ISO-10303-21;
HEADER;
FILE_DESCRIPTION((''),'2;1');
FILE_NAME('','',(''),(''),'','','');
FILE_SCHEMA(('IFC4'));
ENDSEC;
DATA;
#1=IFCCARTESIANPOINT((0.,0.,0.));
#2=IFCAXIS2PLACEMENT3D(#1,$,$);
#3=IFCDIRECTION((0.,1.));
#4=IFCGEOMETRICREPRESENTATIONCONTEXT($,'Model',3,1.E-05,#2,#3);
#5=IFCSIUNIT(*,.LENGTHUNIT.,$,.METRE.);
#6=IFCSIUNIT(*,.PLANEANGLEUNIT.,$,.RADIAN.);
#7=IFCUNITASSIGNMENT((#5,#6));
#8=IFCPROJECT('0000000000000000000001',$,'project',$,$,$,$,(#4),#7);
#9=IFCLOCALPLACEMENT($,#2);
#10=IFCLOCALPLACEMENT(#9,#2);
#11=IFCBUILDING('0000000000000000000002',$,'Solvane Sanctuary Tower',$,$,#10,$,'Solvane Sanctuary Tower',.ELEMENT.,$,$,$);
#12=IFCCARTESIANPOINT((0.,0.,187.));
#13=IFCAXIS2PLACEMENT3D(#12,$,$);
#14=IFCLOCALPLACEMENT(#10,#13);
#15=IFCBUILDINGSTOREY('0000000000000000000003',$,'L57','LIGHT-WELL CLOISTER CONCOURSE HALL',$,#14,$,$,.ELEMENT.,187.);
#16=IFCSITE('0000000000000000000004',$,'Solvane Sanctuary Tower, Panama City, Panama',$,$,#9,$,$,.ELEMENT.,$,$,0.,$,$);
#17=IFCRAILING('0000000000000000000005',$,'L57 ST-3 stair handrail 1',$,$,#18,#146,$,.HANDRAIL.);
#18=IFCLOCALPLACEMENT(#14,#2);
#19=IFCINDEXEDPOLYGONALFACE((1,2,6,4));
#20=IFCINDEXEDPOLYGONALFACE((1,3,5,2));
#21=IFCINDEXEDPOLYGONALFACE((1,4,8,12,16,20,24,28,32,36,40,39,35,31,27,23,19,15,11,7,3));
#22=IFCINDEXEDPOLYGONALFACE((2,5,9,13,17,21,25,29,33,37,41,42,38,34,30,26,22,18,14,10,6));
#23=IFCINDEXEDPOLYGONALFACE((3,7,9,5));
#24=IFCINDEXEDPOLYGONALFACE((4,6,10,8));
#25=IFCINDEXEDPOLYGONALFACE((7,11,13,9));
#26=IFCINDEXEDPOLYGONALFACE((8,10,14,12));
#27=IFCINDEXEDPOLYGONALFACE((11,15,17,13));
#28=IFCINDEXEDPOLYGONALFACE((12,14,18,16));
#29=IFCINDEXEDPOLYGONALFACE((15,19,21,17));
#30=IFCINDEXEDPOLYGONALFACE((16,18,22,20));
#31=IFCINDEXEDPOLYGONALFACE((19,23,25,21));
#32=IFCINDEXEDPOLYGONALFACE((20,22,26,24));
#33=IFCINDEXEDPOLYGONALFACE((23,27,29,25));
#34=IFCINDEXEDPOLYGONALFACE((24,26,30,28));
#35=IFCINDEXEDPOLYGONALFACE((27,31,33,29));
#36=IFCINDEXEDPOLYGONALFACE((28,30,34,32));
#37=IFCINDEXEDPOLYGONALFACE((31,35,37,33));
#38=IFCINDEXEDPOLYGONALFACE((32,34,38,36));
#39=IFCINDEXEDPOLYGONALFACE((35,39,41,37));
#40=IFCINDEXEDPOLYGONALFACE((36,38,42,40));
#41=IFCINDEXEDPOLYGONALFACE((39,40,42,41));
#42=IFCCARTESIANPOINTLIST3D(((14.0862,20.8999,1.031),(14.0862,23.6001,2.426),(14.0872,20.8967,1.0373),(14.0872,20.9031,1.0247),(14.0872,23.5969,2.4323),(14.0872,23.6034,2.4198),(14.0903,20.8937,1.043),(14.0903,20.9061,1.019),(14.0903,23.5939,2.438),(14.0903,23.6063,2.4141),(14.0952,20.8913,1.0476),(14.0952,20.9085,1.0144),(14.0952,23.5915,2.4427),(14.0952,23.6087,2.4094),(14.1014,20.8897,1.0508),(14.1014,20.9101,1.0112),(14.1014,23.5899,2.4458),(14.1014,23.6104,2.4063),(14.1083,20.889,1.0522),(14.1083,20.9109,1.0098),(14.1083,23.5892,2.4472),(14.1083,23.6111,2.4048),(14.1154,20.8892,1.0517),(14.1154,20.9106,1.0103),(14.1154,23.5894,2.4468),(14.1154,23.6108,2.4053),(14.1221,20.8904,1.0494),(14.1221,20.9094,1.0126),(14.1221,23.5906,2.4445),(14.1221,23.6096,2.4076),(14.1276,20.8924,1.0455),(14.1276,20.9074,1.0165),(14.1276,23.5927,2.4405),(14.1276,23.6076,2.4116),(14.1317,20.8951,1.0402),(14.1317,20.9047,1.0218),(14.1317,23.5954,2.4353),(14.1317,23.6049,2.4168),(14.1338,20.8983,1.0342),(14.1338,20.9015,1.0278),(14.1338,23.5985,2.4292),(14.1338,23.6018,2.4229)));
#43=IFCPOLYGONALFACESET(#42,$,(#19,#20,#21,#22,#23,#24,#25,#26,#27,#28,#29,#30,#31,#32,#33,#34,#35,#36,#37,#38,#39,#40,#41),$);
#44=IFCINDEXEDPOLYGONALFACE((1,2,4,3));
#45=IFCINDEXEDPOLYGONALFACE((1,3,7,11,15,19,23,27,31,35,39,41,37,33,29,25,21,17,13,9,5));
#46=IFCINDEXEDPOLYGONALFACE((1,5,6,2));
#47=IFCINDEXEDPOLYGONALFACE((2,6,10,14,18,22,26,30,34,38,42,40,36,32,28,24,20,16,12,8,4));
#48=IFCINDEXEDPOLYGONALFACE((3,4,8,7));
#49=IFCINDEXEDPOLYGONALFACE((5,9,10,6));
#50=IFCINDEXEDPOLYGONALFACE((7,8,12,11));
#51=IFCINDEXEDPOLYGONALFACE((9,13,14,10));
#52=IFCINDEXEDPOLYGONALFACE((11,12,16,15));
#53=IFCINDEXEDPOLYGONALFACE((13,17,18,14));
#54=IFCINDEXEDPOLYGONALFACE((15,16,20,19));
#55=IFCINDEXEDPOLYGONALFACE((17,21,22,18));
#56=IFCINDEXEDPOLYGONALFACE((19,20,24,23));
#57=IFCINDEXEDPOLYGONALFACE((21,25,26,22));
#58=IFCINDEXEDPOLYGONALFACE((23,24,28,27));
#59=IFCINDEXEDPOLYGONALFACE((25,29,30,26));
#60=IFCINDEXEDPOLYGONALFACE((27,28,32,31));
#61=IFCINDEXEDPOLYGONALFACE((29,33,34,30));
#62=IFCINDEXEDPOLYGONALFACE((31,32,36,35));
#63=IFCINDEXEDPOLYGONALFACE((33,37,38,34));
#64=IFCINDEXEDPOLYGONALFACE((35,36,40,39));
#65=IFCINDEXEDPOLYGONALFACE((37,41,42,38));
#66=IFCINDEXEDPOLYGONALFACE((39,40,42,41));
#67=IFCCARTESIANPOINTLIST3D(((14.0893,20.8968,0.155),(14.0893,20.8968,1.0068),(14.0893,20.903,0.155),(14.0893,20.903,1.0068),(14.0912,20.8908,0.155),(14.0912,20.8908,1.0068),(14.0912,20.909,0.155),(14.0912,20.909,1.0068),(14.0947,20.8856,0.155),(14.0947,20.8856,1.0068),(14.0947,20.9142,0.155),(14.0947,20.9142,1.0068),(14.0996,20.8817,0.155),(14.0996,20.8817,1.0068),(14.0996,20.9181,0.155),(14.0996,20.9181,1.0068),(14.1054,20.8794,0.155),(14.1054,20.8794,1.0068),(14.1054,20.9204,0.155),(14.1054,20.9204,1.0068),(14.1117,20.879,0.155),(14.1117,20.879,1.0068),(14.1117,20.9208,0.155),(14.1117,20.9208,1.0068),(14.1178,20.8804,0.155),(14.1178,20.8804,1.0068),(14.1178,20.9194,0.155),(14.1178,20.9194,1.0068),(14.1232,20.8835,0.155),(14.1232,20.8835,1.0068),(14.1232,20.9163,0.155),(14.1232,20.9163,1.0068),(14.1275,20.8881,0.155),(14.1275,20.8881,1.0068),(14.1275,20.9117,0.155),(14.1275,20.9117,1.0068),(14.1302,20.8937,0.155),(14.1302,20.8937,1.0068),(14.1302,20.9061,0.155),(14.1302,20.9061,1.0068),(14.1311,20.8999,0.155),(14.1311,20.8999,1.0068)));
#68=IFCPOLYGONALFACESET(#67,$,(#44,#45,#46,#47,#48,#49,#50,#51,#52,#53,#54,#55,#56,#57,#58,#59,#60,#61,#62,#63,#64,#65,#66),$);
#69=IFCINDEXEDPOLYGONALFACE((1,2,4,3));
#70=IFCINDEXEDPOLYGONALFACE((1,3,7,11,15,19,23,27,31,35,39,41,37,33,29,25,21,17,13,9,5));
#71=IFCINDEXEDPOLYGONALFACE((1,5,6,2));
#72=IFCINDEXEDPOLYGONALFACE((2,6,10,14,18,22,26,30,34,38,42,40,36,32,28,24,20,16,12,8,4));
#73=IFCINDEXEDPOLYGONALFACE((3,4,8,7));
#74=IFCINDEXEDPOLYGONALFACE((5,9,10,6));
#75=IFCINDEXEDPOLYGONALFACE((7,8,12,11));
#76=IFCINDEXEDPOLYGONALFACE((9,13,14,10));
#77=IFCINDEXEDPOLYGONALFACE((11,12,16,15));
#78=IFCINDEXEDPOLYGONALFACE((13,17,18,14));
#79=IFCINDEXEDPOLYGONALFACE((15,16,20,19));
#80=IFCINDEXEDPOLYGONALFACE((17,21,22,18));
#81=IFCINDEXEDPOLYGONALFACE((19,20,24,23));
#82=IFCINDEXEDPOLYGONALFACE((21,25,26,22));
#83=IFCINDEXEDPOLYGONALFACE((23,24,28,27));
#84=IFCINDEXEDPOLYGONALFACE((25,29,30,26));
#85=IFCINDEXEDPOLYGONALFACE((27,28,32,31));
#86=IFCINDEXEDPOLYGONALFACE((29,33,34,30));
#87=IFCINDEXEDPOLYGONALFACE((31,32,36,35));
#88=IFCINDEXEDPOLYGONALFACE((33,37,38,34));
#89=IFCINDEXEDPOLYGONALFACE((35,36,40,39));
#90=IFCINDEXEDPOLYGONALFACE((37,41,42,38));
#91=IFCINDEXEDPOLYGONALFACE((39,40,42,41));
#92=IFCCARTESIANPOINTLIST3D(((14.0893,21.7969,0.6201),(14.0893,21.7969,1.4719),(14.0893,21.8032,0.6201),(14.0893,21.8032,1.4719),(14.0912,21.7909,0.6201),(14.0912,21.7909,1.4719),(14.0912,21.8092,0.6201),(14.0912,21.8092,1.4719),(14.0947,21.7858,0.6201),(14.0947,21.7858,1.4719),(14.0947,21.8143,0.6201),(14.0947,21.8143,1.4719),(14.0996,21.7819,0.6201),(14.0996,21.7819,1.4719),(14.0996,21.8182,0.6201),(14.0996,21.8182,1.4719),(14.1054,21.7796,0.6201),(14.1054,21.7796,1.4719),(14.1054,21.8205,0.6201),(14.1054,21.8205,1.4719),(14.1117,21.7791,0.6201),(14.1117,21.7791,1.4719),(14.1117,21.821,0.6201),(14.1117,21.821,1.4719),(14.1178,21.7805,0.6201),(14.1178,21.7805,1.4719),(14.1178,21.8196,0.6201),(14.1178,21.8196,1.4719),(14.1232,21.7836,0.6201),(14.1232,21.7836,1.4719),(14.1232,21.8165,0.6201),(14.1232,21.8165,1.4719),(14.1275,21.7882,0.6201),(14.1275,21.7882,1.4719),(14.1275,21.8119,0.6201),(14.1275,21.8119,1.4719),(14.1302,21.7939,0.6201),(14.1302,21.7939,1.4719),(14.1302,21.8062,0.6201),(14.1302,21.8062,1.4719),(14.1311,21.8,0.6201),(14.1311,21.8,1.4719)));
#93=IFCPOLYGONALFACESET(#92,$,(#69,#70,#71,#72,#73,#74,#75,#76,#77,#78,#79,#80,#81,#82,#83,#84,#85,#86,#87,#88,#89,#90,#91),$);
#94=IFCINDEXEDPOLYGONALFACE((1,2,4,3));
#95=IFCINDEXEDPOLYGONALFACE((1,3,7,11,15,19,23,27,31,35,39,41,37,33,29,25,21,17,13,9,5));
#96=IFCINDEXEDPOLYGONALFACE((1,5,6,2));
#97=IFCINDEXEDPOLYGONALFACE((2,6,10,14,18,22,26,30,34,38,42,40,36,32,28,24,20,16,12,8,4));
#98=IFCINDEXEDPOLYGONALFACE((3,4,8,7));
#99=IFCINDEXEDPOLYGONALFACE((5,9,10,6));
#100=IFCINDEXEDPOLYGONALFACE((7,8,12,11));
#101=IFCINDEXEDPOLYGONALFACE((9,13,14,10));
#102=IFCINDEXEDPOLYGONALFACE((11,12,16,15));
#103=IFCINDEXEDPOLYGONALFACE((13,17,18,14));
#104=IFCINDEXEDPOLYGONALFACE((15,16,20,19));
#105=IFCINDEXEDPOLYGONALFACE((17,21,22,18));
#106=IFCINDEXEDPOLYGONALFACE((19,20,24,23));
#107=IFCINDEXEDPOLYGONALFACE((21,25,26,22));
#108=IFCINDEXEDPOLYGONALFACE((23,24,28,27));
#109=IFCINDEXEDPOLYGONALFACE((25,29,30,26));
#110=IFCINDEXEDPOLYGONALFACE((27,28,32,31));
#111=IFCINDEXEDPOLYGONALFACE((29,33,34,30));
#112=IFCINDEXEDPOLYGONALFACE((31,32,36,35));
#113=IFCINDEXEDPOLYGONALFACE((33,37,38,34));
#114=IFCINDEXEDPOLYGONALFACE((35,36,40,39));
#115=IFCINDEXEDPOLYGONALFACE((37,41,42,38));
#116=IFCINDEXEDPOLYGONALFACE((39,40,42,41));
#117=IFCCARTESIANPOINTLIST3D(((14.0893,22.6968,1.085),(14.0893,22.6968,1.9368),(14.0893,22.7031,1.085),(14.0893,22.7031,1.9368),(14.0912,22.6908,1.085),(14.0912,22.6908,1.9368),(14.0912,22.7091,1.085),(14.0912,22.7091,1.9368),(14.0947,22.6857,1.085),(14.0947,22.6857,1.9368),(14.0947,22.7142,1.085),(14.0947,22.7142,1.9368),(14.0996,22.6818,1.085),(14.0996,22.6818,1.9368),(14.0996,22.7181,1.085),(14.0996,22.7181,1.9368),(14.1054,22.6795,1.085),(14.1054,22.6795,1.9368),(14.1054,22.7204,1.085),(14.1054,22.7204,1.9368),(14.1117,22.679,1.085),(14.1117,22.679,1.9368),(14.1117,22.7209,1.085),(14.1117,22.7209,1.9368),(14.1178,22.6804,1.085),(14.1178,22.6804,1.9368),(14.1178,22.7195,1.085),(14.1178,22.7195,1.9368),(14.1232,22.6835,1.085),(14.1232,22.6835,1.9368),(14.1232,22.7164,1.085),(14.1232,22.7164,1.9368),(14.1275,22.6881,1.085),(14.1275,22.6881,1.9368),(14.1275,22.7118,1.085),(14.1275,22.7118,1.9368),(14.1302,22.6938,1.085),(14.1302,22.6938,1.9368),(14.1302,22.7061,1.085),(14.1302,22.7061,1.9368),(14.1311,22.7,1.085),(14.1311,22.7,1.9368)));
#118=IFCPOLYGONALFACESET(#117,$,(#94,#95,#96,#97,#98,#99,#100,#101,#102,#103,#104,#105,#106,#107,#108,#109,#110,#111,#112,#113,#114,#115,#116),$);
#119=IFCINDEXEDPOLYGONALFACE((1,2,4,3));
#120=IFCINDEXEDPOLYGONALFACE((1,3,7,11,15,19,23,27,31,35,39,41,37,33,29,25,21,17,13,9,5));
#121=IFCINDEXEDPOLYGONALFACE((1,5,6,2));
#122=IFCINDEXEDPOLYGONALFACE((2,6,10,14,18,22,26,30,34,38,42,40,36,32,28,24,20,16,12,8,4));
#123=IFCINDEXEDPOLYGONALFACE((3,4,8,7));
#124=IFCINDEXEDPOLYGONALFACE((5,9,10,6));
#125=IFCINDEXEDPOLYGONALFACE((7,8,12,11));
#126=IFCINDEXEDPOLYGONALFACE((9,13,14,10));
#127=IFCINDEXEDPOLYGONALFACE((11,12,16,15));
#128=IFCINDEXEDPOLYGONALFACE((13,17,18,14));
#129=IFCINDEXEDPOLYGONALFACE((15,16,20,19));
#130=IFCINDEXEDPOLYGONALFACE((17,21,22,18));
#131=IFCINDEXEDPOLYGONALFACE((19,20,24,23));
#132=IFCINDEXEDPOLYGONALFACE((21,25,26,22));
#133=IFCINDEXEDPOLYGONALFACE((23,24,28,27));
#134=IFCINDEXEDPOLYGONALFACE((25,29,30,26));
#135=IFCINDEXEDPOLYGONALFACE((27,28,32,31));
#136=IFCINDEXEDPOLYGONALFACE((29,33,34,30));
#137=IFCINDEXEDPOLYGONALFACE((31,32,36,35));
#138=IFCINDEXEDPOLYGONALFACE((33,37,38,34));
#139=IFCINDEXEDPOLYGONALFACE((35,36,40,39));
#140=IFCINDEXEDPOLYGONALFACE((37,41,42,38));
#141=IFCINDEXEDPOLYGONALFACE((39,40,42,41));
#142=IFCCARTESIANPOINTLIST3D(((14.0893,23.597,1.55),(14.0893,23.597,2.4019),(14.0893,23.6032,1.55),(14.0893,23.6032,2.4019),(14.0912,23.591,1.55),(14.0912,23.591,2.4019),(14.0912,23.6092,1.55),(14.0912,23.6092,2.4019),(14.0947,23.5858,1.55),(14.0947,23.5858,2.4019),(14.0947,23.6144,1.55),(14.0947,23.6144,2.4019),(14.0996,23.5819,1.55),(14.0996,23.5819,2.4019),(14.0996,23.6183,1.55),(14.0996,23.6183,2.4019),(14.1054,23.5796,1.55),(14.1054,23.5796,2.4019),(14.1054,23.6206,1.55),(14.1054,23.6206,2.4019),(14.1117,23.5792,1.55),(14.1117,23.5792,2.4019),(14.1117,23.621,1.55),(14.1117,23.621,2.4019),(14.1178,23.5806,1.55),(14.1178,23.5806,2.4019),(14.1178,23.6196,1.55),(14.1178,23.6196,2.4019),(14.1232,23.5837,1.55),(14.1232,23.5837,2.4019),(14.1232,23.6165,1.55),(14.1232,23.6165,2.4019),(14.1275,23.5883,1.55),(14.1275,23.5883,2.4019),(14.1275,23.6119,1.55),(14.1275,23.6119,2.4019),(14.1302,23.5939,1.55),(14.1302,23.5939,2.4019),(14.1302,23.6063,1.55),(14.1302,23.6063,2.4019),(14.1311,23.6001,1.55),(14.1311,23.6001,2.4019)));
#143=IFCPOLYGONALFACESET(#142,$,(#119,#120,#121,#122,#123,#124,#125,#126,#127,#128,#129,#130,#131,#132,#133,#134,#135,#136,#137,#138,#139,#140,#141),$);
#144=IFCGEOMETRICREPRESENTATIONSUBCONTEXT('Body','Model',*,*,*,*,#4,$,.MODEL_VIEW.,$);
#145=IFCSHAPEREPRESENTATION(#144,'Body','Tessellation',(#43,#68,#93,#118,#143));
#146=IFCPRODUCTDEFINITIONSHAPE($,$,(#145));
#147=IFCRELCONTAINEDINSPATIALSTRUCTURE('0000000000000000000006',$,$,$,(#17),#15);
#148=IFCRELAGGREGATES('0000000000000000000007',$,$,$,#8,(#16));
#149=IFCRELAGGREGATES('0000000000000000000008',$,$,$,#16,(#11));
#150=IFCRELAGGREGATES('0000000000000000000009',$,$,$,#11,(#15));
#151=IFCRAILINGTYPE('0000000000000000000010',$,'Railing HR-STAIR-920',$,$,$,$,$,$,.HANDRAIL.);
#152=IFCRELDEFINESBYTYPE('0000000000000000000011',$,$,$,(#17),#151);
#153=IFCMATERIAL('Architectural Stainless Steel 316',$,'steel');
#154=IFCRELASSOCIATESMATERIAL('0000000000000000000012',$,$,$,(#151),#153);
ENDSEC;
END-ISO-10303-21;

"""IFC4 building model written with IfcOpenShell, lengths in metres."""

from ifc_helpers import new_model, si_unit, direction, frame, origin, origin_2d, place, context, subcontext, project, spatial, circle, extrude, material, type_object, element, save


model = new_model("IFC4")

# Units and contexts
model_context = context("Model", 3, precision=1e-05, world=origin(), true_north=direction((0.0, 1.0)))
body_context = subcontext(model_context, "Body", "Model", "MODEL_VIEW")
ifc_project = project(units=[si_unit("LENGTHUNIT", "METRE"), si_unit("PLANEANGLEUNIT", "RADIAN")], contexts=[model_context])

# Site, building, storey
site_placement = place(None, origin())
site = spatial("IfcSite", under=ifc_project, at=site_placement, Name="Solvane Sanctuary Tower, Panama City, Panama", CompositionType="ELEMENT", RefElevation=0.0)
building_placement = place(site_placement, origin())
building = spatial("IfcBuilding", under=site, at=building_placement, Name="Solvane Sanctuary Tower", LongName="Solvane Sanctuary Tower", CompositionType="ELEMENT")
storey_placement = place(building_placement, frame((0.0, 0.0, 187.0)))
storey = spatial("IfcBuildingStorey", under=building, at=storey_placement, Name="L57", Description="LIGHT-WELL CLOISTER CONCOURSE HALL", CompositionType="ELEMENT", Elevation=187.0)

# Railing
ifc_material_1 = material(Name="Architectural Stainless Steel 316", Category="steel")
railing_type_1 = type_object("IfcRailingType", Name="Railing HR-STAIR-920", PredefinedType="HANDRAIL", material=ifc_material_1)
railing_1_placement = place(storey_placement, frame((14.1101, 20.8999, 0.155)))
element("IfcRailing", 1, at=railing_1_placement, inside=storey, type_object=railing_type_1, Name="L57 ST-3 stair handrail 1", PredefinedType="HANDRAIL", context=body_context, shape_type="SweptSolid", body=[
    extrude(circle(Radius=0.0239, at=origin_2d()), frame((0.0, 0.0, 0.876), z_axis=(0.0, 0.888437, 0.458999), x_axis=(-1.0, 0.0, 0.0)), (0.0, 0.0, 1.0), 3.0393),
    extrude(circle(Radius=0.021, at=origin_2d()), origin(), (0.0, 0.0, 1.0), 0.8518),
    extrude(circle(Radius=0.021, at=origin_2d()), frame((0.0, 0.9001, 0.4651)), (0.0, 0.0, 1.0), 0.8518),
    extrude(circle(Radius=0.021, at=origin_2d()), frame((0.0, 1.8, 0.9299)), (0.0, 0.0, 1.0), 0.8518),
    extrude(circle(Radius=0.021, at=origin_2d()), frame((0.0, 2.7002, 1.395)), (0.0, 0.0, 1.0), 0.8518),
])

save(model, "model.ifc")
